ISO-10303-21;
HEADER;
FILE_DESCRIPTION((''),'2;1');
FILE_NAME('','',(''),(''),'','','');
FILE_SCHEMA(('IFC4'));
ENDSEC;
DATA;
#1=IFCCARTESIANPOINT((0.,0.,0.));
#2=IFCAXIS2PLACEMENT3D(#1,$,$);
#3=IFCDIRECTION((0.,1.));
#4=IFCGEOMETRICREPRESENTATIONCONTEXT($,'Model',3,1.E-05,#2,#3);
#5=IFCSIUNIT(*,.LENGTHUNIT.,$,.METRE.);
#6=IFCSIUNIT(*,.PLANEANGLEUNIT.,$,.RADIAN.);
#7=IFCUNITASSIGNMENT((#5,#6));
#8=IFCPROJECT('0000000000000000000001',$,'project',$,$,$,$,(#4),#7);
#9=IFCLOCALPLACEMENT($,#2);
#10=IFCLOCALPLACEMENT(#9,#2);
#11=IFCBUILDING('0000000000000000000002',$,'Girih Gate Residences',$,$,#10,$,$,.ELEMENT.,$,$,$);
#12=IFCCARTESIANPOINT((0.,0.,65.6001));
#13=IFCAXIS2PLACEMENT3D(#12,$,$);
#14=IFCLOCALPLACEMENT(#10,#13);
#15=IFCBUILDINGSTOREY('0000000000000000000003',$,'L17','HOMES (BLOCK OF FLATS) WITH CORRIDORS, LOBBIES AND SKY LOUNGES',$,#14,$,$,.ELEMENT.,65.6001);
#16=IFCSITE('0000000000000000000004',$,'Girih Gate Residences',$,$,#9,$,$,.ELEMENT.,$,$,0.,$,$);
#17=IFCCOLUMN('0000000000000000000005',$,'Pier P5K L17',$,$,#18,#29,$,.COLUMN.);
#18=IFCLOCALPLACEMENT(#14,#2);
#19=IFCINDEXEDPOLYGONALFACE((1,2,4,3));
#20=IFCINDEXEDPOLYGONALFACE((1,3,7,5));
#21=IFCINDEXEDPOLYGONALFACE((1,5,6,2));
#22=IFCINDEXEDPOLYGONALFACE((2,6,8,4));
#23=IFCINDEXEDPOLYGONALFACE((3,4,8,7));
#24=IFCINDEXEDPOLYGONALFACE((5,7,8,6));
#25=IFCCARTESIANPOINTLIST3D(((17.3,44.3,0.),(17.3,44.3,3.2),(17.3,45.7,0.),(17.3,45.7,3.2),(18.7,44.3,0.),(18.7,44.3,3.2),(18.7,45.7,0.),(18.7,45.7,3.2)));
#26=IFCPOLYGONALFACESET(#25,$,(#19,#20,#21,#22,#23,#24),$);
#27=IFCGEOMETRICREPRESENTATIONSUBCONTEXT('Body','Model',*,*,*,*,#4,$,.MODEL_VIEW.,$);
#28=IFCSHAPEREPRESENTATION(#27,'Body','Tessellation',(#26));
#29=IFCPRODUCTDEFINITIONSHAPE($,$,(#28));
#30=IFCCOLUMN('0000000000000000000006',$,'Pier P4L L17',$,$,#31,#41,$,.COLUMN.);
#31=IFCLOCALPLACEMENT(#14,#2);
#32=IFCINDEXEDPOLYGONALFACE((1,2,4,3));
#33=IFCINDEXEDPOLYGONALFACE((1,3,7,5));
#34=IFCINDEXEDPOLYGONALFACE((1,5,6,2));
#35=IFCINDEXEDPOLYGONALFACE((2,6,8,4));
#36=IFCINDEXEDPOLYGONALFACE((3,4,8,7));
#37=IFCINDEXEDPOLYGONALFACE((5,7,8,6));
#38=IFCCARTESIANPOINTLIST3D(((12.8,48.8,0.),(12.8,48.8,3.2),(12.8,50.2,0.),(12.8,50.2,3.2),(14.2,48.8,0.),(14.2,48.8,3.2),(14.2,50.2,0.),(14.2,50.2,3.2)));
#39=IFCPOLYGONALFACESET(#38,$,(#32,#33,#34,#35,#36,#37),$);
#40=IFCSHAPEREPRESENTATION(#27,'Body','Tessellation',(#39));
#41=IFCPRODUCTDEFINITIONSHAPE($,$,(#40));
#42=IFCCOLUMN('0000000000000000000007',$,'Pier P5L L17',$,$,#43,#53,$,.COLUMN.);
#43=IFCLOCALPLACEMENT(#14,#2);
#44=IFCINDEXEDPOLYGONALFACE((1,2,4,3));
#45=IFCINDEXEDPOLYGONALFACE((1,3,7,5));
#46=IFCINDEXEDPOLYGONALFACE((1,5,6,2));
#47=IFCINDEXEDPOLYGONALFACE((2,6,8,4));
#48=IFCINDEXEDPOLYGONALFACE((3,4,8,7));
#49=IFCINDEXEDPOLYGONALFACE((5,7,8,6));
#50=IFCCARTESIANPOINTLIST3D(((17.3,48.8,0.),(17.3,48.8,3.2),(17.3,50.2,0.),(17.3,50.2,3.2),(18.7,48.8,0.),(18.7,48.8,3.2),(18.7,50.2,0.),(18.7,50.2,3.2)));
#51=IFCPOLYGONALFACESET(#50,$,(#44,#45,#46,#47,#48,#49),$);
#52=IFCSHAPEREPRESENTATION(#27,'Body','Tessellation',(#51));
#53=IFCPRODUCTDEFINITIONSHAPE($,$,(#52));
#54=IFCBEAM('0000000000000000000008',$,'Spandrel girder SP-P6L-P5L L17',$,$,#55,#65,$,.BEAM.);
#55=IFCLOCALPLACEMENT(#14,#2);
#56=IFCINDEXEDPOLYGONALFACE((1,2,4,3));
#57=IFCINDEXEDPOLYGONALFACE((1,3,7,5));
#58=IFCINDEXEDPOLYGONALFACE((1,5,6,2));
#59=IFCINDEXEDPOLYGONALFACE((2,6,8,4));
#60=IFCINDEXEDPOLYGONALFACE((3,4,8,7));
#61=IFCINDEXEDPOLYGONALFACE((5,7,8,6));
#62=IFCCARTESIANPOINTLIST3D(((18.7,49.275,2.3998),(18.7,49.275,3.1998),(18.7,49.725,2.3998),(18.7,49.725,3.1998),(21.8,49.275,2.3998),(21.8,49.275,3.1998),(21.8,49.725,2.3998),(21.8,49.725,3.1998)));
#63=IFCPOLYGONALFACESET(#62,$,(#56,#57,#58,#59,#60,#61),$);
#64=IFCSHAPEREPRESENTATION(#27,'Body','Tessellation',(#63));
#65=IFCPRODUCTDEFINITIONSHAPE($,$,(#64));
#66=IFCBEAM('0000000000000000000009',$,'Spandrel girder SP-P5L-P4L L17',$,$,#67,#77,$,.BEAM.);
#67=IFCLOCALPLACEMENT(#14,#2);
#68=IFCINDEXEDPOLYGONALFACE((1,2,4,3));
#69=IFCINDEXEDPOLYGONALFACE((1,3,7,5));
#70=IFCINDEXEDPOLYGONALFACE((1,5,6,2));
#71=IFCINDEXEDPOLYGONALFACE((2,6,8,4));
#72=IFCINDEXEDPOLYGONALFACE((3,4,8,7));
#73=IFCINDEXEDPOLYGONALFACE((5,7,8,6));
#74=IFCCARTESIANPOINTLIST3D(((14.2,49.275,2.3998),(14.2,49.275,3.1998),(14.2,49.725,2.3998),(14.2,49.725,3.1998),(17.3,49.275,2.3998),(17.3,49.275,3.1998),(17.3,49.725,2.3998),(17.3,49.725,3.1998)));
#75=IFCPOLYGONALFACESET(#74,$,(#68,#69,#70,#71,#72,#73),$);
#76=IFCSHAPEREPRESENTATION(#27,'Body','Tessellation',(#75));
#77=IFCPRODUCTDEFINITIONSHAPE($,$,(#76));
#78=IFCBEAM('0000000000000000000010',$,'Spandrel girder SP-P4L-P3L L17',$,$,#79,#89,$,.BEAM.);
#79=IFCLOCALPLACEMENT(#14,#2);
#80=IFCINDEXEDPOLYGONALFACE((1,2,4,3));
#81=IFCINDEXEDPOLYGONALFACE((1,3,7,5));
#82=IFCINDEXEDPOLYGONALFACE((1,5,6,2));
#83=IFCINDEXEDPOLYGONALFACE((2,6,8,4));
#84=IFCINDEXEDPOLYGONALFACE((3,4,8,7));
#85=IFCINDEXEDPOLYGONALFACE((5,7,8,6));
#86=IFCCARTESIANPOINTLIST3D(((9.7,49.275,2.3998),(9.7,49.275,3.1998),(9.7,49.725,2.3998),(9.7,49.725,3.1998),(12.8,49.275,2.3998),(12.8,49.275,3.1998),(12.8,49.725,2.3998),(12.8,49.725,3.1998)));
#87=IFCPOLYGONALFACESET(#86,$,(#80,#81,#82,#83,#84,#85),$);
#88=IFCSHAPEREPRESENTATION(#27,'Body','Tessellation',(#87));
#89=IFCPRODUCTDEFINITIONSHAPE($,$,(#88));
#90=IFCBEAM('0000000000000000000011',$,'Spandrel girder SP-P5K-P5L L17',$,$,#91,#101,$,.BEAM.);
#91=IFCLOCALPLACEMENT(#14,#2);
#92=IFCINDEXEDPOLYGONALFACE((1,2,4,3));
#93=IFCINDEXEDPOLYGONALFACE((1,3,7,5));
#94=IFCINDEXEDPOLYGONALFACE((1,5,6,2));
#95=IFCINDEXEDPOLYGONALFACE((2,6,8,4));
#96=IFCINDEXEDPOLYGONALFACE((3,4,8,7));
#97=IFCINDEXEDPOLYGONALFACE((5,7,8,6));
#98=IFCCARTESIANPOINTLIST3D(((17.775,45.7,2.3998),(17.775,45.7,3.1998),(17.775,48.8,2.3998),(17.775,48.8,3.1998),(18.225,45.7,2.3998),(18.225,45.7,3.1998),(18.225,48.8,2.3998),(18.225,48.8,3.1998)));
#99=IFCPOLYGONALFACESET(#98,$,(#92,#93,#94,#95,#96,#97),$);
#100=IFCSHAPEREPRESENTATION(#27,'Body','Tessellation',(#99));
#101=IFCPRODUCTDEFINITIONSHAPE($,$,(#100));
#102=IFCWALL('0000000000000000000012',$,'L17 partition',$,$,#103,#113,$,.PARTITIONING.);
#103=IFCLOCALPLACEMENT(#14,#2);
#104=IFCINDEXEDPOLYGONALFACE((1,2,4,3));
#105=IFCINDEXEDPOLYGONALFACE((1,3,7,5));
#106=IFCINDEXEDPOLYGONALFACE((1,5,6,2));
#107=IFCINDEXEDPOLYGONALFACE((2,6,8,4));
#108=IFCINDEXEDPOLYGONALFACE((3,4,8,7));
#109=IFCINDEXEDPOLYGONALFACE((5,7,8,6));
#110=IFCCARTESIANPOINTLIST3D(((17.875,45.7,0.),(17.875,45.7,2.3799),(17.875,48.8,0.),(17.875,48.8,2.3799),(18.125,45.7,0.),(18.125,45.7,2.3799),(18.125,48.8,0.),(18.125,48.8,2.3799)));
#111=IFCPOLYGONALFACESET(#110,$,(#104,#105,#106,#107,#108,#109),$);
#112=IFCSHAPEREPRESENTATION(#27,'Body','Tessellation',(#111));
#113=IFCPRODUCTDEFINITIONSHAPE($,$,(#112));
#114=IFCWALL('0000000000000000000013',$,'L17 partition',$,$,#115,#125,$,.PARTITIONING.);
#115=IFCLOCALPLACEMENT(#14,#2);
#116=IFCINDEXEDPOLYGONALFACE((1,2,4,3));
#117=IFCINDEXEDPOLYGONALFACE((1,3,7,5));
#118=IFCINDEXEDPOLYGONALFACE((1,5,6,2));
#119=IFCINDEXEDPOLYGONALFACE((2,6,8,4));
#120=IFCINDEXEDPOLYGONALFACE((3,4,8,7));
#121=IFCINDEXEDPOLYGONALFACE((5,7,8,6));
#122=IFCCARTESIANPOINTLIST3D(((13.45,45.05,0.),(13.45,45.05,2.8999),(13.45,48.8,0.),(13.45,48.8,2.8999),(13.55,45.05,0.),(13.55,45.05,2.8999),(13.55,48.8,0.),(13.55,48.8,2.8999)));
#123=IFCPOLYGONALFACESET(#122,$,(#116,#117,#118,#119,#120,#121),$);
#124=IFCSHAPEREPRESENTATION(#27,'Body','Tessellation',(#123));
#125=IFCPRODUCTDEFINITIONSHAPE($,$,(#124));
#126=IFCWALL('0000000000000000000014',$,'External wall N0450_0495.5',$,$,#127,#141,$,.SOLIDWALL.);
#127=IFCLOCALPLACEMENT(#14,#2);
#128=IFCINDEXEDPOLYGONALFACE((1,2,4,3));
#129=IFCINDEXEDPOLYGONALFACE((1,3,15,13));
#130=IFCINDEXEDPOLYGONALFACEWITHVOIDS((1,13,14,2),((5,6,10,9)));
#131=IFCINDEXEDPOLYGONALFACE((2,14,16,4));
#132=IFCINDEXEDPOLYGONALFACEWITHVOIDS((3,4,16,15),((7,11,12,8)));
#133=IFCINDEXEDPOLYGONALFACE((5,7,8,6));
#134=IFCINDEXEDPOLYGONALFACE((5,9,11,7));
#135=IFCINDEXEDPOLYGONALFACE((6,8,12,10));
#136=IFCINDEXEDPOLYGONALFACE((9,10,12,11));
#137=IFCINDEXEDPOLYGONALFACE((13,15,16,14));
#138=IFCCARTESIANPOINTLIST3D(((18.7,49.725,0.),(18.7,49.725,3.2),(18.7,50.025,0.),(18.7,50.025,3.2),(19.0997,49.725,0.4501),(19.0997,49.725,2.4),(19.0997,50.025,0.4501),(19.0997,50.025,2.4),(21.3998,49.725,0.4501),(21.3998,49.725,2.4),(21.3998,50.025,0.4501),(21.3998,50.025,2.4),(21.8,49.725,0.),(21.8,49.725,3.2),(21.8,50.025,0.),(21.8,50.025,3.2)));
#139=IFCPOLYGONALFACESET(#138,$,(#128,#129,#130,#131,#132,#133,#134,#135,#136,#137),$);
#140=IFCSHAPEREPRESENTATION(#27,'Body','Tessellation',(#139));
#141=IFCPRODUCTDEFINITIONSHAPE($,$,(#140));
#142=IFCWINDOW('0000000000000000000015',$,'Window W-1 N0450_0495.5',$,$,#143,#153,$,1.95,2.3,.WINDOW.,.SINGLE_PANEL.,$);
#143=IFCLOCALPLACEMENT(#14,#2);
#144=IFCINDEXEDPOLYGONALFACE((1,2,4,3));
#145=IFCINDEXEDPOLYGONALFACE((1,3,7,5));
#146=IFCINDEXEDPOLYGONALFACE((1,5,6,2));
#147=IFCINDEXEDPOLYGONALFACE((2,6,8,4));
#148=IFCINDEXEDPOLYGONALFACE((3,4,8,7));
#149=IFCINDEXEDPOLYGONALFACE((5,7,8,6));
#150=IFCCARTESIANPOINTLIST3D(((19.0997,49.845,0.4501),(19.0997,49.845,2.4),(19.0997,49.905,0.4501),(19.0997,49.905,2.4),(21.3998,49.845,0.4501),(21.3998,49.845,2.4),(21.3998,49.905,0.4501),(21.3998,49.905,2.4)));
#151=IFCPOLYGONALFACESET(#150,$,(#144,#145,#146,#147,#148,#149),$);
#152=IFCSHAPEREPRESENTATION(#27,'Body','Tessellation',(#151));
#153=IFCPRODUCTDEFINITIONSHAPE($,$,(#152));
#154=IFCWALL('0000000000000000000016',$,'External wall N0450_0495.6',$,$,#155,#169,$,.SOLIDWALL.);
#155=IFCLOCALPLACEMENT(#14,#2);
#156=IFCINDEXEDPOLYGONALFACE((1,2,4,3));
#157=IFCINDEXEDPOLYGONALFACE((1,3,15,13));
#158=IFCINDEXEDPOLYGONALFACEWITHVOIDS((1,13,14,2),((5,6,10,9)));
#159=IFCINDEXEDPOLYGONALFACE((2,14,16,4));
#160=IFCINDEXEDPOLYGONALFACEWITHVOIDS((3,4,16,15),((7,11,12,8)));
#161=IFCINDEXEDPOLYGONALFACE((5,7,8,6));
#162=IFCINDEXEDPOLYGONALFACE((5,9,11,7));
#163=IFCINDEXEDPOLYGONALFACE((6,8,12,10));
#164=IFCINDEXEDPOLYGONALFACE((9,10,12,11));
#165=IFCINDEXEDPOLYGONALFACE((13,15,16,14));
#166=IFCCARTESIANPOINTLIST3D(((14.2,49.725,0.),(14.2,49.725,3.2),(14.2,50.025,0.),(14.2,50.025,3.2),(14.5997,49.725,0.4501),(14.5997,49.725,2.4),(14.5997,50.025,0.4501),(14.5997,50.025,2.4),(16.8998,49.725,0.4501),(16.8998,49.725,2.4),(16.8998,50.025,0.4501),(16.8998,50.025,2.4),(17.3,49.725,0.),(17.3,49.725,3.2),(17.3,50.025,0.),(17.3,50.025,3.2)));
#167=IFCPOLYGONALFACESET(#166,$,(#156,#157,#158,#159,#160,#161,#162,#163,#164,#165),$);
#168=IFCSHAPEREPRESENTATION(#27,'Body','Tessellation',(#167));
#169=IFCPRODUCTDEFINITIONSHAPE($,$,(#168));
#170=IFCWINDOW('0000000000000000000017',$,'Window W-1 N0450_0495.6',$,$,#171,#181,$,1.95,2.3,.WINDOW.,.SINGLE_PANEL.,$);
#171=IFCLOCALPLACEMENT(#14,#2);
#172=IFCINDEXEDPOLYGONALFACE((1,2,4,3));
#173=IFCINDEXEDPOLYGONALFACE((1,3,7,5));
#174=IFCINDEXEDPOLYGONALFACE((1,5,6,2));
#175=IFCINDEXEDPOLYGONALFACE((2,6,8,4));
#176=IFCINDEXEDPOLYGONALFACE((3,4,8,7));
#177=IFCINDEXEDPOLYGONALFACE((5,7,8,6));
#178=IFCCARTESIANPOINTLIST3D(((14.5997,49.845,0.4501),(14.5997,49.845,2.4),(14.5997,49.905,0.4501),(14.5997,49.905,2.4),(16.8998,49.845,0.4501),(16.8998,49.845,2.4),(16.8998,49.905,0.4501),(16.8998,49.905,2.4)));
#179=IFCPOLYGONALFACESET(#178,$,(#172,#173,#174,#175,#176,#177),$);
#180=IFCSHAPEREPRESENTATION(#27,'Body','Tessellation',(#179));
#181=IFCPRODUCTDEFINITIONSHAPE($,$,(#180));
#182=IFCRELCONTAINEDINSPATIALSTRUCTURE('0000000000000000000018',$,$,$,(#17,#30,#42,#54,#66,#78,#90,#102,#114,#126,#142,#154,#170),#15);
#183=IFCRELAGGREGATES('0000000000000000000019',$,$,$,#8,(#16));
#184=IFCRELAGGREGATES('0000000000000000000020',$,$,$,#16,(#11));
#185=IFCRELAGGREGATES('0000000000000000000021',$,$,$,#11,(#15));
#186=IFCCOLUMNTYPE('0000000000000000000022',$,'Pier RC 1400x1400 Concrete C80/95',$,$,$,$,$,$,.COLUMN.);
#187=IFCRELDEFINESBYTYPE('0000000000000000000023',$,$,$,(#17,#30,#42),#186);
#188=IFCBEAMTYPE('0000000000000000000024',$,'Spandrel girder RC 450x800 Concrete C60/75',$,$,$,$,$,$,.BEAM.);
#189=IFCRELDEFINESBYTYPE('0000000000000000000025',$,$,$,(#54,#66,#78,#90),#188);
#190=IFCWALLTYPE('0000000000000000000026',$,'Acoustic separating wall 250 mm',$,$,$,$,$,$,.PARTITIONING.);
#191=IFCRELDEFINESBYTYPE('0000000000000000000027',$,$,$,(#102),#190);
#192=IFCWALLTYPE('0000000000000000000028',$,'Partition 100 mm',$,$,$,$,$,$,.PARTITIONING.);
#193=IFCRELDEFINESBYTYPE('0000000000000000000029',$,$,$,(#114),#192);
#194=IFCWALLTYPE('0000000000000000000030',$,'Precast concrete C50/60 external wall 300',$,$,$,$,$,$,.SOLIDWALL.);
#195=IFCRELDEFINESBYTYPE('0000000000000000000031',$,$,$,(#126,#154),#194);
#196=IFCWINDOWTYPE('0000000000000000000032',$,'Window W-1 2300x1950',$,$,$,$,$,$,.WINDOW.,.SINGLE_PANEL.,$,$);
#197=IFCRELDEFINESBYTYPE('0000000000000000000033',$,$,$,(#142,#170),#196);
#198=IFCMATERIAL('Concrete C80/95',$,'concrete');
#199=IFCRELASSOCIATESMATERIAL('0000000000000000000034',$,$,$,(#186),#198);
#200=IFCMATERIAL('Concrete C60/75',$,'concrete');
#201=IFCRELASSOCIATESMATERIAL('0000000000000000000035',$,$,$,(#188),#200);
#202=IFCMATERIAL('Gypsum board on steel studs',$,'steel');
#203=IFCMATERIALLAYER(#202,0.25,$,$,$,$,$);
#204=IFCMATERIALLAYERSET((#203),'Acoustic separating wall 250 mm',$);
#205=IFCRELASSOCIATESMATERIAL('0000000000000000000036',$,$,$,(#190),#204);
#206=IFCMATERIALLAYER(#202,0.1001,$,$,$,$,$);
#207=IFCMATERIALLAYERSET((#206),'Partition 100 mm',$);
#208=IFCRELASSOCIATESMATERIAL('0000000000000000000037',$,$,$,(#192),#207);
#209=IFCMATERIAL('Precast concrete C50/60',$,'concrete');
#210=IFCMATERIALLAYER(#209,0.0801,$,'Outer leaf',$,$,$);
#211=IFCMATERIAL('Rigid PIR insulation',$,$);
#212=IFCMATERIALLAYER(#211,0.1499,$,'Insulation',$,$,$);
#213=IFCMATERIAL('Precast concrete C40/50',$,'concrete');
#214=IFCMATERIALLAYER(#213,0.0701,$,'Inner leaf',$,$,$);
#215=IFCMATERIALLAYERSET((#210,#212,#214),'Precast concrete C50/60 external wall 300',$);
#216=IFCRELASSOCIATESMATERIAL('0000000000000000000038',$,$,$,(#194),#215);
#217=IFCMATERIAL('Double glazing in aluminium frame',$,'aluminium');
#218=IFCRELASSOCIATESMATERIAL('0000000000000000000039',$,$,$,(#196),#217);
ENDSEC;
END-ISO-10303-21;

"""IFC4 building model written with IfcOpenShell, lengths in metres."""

from ifc_helpers import new_model, si_unit, direction, frame, frame_2d, origin, origin_2d, place, context, subcontext, project, spatial, rectangle, extrude, material, layer, layer_set, material_profile, profile_set, type_object, element, fill, save


model = new_model("IFC4")

# Units and contexts
model_context = context("Model", 3, precision=1e-05, world=origin(), true_north=direction((0.0, 1.0)))
body_context = subcontext(model_context, "Body", "Model", "MODEL_VIEW")
ifc_project = project(units=[si_unit("LENGTHUNIT", "METRE"), si_unit("PLANEANGLEUNIT", "RADIAN")], contexts=[model_context])

# Site, building, storey
site_placement = place(None, origin())
site = spatial("IfcSite", under=ifc_project, at=site_placement, Name="Girih Gate Residences", CompositionType="ELEMENT", RefElevation=0.0)
building_placement = place(site_placement, origin())
building = spatial("IfcBuilding", under=site, at=building_placement, Name="Girih Gate Residences", CompositionType="ELEMENT")
storey_placement = place(building_placement, frame((0.0, 0.0, 65.6001)))
storey = spatial("IfcBuildingStorey", under=building, at=storey_placement, Name="L17", Description="HOMES (BLOCK OF FLATS) WITH CORRIDORS, LOBBIES AND SKY LOUNGES", CompositionType="ELEMENT", Elevation=65.6001)

# Columns
ifc_material_1 = material(Name="Concrete C80/95", Category="concrete")
ifc_material_profile_1 = material_profile(ifc_material_1, rectangle(XDim=1.3999, YDim=1.3999, at=origin_2d()))
ifc_profile_set_1 = profile_set([ifc_material_profile_1], Name="Concrete C80/95")
column_type = type_object("IfcColumnType", Name="Pier RC 1400x1400 Concrete C80/95", PredefinedType="COLUMN", material=ifc_profile_set_1)
for number, where, z_axis, x_axis, name in (
    (1, (18.0, 45.0, 0.0), (0.0, 0.0, 1.0), (1.0, 0.0, 0.0), "Pier P5K L17"),
    (2, (13.5, 49.5, 0.0), (0.0, 0.0, 1.0), (1.0, 0.0, 0.0), "Pier P4L L17"),
    (3, (18.0, 49.5, 0.0), (0.0, 0.0, 1.0), (1.0, 0.0, 0.0), "Pier P5L L17"),
):
    element("IfcColumn", number, at=place(storey_placement, frame(where, z_axis=z_axis, x_axis=x_axis)), inside=storey, type_object=column_type, Name=name, PredefinedType="COLUMN", context=body_context, shape_type="SweptSolid", body=[
        extrude(rectangle(XDim=1.3999, YDim=1.3999, at=origin_2d()), origin(), (0.0, 0.0, 1.0), 3.2),
    ])

# Beams
ifc_material_2 = material(Name="Concrete C60/75", Category="concrete")
ifc_material_profile_2 = material_profile(ifc_material_2, rectangle(XDim=0.45, YDim=0.8, at=origin_2d()))
ifc_profile_set_2 = profile_set([ifc_material_profile_2], Name="Concrete C60/75")
beam_type = type_object("IfcBeamType", Name="Spandrel girder RC 450x800 Concrete C60/75", PredefinedType="BEAM", material=ifc_profile_set_2)
for number, where, z_axis, x_axis, name in (
    (4, (21.8, 49.5, 2.7998), (-1.0, 0.0, 0.0), (0.0, -1.0, 0.0), "Spandrel girder SP-P6L-P5L L17"),
    (5, (17.3, 49.5, 2.7998), (-1.0, 0.0, 0.0), (0.0, -1.0, 0.0), "Spandrel girder SP-P5L-P4L L17"),
    (6, (12.8, 49.5, 2.7998), (-1.0, 0.0, 0.0), (0.0, -1.0, 0.0), "Spandrel girder SP-P4L-P3L L17"),
    (7, (18.0, 45.7, 2.7998), (0.0, 1.0, 0.0), (-1.0, 0.0, 0.0), "Spandrel girder SP-P5K-P5L L17"),
):
    element("IfcBeam", number, at=place(storey_placement, frame(where, z_axis=z_axis, x_axis=x_axis)), inside=storey, type_object=beam_type, Name=name, PredefinedType="BEAM", context=body_context, shape_type="SweptSolid", body=[
        extrude(rectangle(XDim=0.45, YDim=0.8, at=origin_2d()), origin(), (0.0, 0.0, 1.0), 3.1001),
    ])

# Walls
ifc_material_3 = material(Name="Gypsum board on steel studs", Category="steel")
ifc_layer_1 = layer(ifc_material_3, 0.25)
ifc_layer_set_1 = layer_set([ifc_layer_1], Name="Acoustic separating wall 250 mm")
wall_type_1 = type_object("IfcWallType", Name="Acoustic separating wall 250 mm", PredefinedType="PARTITIONING", material=ifc_layer_set_1)
wall_1_placement = place(storey_placement, frame((18.0, 45.7, 0.0), z_axis=(0.0, 0.0, 1.0), x_axis=(0.0, 1.0, 0.0)))
element("IfcWall", 8, at=wall_1_placement, inside=storey, type_object=wall_type_1, Name="L17 partition", PredefinedType="PARTITIONING", context=body_context, shape_type="SweptSolid", body=[
    extrude(rectangle(XDim=3.1001, YDim=0.25, at=frame_2d((1.55, 0.0))), origin(), (0.0, 0.0, 1.0), 2.3799),
])
ifc_layer_2 = layer(ifc_material_3, 0.1001)
ifc_layer_set_2 = layer_set([ifc_layer_2], Name="Partition 100 mm")
wall_type_2 = type_object("IfcWallType", Name="Partition 100 mm", PredefinedType="PARTITIONING", material=ifc_layer_set_2)
wall_2_placement = place(storey_placement, frame((13.5, 45.05, 0.0), z_axis=(0.0, 0.0, 1.0), x_axis=(0.0, 1.0, 0.0)))
element("IfcWall", 9, at=wall_2_placement, inside=storey, type_object=wall_type_2, Name="L17 partition", PredefinedType="PARTITIONING", context=body_context, shape_type="SweptSolid", body=[
    extrude(rectangle(XDim=3.75, YDim=0.1001, at=frame_2d((1.875, 0.0))), origin(), (0.0, 0.0, 1.0), 2.8999),
])

# Walls, openings, windows
ifc_material_4 = material(Name="Precast concrete C50/60", Category="concrete")
ifc_layer_3 = layer(ifc_material_4, 0.0801, Name="Outer leaf")
ifc_material_5 = material(Name="Rigid PIR insulation")
ifc_layer_4 = layer(ifc_material_5, 0.1499, Name="Insulation")
ifc_material_6 = material(Name="Precast concrete C40/50", Category="concrete")
ifc_layer_5 = layer(ifc_material_6, 0.0701, Name="Inner leaf")
ifc_layer_set_3 = layer_set([ifc_layer_3, ifc_layer_4, ifc_layer_5], Name="Precast concrete C50/60 external wall 300")
wall_type_3 = type_object("IfcWallType", Name="Precast concrete C50/60 external wall 300", PredefinedType="SOLIDWALL", material=ifc_layer_set_3)
wall_3_placement = place(storey_placement, frame((18.7, 49.875, 0.0), z_axis=(0.0, 0.0, 1.0), x_axis=(1.0, 0.0, 0.0)))
wall_3 = element("IfcWall", 10, at=wall_3_placement, inside=storey, type_object=wall_type_3, Name="External wall N0450_0495.5", PredefinedType="SOLIDWALL", context=body_context, shape_type="SweptSolid", body=[
    extrude(rectangle(XDim=3.1001, YDim=0.3, at=frame_2d((1.55, 0.0))), origin(), (0.0, 0.0, 1.0), 3.2),
])
opening_1_placement = place(wall_3_placement, frame((0.3999, 0.0, 0.45)))
opening_1 = element("IfcOpeningElement", 11, at=opening_1_placement, cuts=wall_3, PredefinedType="OPENING", context=body_context, shape_type="SweptSolid", body=[
    extrude(rectangle(XDim=2.3, YDim=1.95, at=frame_2d((1.1499, 0.9751))), frame((0.0, 0.1599, 0.0), z_axis=(0.0, -1.0, 0.0), x_axis=(1.0, 0.0, 0.0)), (0.0, 0.0, 1.0), 0.3201),
])
ifc_material_7 = material(Name="Double glazing in aluminium frame", Category="aluminium")
window_type = type_object("IfcWindowType", Name="Window W-1 2300x1950", PartitioningType="SINGLE_PANEL", PredefinedType="WINDOW", material=ifc_material_7)
window_1_placement = place(opening_1_placement, origin())
window_1 = element("IfcWindow", 12, at=window_1_placement, inside=storey, type_object=window_type, Name="Window W-1 N0450_0495.5", OverallHeight=1.95, OverallWidth=2.3, PartitioningType="SINGLE_PANEL", PredefinedType="WINDOW", context=body_context, shape_type="SweptSolid", body=[
    extrude(rectangle(XDim=2.3, YDim=1.95, at=frame_2d((1.1499, 0.9751))), frame((0.0, 0.03, 0.0), z_axis=(0.0, -1.0, 0.0), x_axis=(1.0, 0.0, 0.0)), (0.0, 0.0, 1.0), 0.0601),
])
fill(opening_1, window_1)
wall_4_placement = place(storey_placement, frame((14.2, 49.875, 0.0), z_axis=(0.0, 0.0, 1.0), x_axis=(1.0, 0.0, 0.0)))
wall_4 = element("IfcWall", 13, at=wall_4_placement, inside=storey, type_object=wall_type_3, Name="External wall N0450_0495.6", PredefinedType="SOLIDWALL", context=body_context, shape_type="SweptSolid", body=[
    extrude(rectangle(XDim=3.1001, YDim=0.3, at=frame_2d((1.55, 0.0))), origin(), (0.0, 0.0, 1.0), 3.2),
])
opening_2_placement = place(wall_4_placement, frame((0.3999, 0.0, 0.45)))
opening_2 = element("IfcOpeningElement", 14, at=opening_2_placement, cuts=wall_4, PredefinedType="OPENING", context=body_context, shape_type="SweptSolid", body=[
    extrude(rectangle(XDim=2.3, YDim=1.95, at=frame_2d((1.1499, 0.9751))), frame((0.0, 0.1599, 0.0), z_axis=(0.0, -1.0, 0.0), x_axis=(1.0, 0.0, 0.0)), (0.0, 0.0, 1.0), 0.3201),
])
window_2_placement = place(opening_2_placement, origin())
window_2 = element("IfcWindow", 15, at=window_2_placement, inside=storey, type_object=window_type, Name="Window W-1 N0450_0495.6", OverallHeight=1.95, OverallWidth=2.3, PartitioningType="SINGLE_PANEL", PredefinedType="WINDOW", context=body_context, shape_type="SweptSolid", body=[
    extrude(rectangle(XDim=2.3, YDim=1.95, at=frame_2d((1.1499, 0.9751))), frame((0.0, 0.03, 0.0), z_axis=(0.0, -1.0, 0.0), x_axis=(1.0, 0.0, 0.0)), (0.0, 0.0, 1.0), 0.0601),
])
fill(opening_2, window_2)

save(model, "model.ifc")
